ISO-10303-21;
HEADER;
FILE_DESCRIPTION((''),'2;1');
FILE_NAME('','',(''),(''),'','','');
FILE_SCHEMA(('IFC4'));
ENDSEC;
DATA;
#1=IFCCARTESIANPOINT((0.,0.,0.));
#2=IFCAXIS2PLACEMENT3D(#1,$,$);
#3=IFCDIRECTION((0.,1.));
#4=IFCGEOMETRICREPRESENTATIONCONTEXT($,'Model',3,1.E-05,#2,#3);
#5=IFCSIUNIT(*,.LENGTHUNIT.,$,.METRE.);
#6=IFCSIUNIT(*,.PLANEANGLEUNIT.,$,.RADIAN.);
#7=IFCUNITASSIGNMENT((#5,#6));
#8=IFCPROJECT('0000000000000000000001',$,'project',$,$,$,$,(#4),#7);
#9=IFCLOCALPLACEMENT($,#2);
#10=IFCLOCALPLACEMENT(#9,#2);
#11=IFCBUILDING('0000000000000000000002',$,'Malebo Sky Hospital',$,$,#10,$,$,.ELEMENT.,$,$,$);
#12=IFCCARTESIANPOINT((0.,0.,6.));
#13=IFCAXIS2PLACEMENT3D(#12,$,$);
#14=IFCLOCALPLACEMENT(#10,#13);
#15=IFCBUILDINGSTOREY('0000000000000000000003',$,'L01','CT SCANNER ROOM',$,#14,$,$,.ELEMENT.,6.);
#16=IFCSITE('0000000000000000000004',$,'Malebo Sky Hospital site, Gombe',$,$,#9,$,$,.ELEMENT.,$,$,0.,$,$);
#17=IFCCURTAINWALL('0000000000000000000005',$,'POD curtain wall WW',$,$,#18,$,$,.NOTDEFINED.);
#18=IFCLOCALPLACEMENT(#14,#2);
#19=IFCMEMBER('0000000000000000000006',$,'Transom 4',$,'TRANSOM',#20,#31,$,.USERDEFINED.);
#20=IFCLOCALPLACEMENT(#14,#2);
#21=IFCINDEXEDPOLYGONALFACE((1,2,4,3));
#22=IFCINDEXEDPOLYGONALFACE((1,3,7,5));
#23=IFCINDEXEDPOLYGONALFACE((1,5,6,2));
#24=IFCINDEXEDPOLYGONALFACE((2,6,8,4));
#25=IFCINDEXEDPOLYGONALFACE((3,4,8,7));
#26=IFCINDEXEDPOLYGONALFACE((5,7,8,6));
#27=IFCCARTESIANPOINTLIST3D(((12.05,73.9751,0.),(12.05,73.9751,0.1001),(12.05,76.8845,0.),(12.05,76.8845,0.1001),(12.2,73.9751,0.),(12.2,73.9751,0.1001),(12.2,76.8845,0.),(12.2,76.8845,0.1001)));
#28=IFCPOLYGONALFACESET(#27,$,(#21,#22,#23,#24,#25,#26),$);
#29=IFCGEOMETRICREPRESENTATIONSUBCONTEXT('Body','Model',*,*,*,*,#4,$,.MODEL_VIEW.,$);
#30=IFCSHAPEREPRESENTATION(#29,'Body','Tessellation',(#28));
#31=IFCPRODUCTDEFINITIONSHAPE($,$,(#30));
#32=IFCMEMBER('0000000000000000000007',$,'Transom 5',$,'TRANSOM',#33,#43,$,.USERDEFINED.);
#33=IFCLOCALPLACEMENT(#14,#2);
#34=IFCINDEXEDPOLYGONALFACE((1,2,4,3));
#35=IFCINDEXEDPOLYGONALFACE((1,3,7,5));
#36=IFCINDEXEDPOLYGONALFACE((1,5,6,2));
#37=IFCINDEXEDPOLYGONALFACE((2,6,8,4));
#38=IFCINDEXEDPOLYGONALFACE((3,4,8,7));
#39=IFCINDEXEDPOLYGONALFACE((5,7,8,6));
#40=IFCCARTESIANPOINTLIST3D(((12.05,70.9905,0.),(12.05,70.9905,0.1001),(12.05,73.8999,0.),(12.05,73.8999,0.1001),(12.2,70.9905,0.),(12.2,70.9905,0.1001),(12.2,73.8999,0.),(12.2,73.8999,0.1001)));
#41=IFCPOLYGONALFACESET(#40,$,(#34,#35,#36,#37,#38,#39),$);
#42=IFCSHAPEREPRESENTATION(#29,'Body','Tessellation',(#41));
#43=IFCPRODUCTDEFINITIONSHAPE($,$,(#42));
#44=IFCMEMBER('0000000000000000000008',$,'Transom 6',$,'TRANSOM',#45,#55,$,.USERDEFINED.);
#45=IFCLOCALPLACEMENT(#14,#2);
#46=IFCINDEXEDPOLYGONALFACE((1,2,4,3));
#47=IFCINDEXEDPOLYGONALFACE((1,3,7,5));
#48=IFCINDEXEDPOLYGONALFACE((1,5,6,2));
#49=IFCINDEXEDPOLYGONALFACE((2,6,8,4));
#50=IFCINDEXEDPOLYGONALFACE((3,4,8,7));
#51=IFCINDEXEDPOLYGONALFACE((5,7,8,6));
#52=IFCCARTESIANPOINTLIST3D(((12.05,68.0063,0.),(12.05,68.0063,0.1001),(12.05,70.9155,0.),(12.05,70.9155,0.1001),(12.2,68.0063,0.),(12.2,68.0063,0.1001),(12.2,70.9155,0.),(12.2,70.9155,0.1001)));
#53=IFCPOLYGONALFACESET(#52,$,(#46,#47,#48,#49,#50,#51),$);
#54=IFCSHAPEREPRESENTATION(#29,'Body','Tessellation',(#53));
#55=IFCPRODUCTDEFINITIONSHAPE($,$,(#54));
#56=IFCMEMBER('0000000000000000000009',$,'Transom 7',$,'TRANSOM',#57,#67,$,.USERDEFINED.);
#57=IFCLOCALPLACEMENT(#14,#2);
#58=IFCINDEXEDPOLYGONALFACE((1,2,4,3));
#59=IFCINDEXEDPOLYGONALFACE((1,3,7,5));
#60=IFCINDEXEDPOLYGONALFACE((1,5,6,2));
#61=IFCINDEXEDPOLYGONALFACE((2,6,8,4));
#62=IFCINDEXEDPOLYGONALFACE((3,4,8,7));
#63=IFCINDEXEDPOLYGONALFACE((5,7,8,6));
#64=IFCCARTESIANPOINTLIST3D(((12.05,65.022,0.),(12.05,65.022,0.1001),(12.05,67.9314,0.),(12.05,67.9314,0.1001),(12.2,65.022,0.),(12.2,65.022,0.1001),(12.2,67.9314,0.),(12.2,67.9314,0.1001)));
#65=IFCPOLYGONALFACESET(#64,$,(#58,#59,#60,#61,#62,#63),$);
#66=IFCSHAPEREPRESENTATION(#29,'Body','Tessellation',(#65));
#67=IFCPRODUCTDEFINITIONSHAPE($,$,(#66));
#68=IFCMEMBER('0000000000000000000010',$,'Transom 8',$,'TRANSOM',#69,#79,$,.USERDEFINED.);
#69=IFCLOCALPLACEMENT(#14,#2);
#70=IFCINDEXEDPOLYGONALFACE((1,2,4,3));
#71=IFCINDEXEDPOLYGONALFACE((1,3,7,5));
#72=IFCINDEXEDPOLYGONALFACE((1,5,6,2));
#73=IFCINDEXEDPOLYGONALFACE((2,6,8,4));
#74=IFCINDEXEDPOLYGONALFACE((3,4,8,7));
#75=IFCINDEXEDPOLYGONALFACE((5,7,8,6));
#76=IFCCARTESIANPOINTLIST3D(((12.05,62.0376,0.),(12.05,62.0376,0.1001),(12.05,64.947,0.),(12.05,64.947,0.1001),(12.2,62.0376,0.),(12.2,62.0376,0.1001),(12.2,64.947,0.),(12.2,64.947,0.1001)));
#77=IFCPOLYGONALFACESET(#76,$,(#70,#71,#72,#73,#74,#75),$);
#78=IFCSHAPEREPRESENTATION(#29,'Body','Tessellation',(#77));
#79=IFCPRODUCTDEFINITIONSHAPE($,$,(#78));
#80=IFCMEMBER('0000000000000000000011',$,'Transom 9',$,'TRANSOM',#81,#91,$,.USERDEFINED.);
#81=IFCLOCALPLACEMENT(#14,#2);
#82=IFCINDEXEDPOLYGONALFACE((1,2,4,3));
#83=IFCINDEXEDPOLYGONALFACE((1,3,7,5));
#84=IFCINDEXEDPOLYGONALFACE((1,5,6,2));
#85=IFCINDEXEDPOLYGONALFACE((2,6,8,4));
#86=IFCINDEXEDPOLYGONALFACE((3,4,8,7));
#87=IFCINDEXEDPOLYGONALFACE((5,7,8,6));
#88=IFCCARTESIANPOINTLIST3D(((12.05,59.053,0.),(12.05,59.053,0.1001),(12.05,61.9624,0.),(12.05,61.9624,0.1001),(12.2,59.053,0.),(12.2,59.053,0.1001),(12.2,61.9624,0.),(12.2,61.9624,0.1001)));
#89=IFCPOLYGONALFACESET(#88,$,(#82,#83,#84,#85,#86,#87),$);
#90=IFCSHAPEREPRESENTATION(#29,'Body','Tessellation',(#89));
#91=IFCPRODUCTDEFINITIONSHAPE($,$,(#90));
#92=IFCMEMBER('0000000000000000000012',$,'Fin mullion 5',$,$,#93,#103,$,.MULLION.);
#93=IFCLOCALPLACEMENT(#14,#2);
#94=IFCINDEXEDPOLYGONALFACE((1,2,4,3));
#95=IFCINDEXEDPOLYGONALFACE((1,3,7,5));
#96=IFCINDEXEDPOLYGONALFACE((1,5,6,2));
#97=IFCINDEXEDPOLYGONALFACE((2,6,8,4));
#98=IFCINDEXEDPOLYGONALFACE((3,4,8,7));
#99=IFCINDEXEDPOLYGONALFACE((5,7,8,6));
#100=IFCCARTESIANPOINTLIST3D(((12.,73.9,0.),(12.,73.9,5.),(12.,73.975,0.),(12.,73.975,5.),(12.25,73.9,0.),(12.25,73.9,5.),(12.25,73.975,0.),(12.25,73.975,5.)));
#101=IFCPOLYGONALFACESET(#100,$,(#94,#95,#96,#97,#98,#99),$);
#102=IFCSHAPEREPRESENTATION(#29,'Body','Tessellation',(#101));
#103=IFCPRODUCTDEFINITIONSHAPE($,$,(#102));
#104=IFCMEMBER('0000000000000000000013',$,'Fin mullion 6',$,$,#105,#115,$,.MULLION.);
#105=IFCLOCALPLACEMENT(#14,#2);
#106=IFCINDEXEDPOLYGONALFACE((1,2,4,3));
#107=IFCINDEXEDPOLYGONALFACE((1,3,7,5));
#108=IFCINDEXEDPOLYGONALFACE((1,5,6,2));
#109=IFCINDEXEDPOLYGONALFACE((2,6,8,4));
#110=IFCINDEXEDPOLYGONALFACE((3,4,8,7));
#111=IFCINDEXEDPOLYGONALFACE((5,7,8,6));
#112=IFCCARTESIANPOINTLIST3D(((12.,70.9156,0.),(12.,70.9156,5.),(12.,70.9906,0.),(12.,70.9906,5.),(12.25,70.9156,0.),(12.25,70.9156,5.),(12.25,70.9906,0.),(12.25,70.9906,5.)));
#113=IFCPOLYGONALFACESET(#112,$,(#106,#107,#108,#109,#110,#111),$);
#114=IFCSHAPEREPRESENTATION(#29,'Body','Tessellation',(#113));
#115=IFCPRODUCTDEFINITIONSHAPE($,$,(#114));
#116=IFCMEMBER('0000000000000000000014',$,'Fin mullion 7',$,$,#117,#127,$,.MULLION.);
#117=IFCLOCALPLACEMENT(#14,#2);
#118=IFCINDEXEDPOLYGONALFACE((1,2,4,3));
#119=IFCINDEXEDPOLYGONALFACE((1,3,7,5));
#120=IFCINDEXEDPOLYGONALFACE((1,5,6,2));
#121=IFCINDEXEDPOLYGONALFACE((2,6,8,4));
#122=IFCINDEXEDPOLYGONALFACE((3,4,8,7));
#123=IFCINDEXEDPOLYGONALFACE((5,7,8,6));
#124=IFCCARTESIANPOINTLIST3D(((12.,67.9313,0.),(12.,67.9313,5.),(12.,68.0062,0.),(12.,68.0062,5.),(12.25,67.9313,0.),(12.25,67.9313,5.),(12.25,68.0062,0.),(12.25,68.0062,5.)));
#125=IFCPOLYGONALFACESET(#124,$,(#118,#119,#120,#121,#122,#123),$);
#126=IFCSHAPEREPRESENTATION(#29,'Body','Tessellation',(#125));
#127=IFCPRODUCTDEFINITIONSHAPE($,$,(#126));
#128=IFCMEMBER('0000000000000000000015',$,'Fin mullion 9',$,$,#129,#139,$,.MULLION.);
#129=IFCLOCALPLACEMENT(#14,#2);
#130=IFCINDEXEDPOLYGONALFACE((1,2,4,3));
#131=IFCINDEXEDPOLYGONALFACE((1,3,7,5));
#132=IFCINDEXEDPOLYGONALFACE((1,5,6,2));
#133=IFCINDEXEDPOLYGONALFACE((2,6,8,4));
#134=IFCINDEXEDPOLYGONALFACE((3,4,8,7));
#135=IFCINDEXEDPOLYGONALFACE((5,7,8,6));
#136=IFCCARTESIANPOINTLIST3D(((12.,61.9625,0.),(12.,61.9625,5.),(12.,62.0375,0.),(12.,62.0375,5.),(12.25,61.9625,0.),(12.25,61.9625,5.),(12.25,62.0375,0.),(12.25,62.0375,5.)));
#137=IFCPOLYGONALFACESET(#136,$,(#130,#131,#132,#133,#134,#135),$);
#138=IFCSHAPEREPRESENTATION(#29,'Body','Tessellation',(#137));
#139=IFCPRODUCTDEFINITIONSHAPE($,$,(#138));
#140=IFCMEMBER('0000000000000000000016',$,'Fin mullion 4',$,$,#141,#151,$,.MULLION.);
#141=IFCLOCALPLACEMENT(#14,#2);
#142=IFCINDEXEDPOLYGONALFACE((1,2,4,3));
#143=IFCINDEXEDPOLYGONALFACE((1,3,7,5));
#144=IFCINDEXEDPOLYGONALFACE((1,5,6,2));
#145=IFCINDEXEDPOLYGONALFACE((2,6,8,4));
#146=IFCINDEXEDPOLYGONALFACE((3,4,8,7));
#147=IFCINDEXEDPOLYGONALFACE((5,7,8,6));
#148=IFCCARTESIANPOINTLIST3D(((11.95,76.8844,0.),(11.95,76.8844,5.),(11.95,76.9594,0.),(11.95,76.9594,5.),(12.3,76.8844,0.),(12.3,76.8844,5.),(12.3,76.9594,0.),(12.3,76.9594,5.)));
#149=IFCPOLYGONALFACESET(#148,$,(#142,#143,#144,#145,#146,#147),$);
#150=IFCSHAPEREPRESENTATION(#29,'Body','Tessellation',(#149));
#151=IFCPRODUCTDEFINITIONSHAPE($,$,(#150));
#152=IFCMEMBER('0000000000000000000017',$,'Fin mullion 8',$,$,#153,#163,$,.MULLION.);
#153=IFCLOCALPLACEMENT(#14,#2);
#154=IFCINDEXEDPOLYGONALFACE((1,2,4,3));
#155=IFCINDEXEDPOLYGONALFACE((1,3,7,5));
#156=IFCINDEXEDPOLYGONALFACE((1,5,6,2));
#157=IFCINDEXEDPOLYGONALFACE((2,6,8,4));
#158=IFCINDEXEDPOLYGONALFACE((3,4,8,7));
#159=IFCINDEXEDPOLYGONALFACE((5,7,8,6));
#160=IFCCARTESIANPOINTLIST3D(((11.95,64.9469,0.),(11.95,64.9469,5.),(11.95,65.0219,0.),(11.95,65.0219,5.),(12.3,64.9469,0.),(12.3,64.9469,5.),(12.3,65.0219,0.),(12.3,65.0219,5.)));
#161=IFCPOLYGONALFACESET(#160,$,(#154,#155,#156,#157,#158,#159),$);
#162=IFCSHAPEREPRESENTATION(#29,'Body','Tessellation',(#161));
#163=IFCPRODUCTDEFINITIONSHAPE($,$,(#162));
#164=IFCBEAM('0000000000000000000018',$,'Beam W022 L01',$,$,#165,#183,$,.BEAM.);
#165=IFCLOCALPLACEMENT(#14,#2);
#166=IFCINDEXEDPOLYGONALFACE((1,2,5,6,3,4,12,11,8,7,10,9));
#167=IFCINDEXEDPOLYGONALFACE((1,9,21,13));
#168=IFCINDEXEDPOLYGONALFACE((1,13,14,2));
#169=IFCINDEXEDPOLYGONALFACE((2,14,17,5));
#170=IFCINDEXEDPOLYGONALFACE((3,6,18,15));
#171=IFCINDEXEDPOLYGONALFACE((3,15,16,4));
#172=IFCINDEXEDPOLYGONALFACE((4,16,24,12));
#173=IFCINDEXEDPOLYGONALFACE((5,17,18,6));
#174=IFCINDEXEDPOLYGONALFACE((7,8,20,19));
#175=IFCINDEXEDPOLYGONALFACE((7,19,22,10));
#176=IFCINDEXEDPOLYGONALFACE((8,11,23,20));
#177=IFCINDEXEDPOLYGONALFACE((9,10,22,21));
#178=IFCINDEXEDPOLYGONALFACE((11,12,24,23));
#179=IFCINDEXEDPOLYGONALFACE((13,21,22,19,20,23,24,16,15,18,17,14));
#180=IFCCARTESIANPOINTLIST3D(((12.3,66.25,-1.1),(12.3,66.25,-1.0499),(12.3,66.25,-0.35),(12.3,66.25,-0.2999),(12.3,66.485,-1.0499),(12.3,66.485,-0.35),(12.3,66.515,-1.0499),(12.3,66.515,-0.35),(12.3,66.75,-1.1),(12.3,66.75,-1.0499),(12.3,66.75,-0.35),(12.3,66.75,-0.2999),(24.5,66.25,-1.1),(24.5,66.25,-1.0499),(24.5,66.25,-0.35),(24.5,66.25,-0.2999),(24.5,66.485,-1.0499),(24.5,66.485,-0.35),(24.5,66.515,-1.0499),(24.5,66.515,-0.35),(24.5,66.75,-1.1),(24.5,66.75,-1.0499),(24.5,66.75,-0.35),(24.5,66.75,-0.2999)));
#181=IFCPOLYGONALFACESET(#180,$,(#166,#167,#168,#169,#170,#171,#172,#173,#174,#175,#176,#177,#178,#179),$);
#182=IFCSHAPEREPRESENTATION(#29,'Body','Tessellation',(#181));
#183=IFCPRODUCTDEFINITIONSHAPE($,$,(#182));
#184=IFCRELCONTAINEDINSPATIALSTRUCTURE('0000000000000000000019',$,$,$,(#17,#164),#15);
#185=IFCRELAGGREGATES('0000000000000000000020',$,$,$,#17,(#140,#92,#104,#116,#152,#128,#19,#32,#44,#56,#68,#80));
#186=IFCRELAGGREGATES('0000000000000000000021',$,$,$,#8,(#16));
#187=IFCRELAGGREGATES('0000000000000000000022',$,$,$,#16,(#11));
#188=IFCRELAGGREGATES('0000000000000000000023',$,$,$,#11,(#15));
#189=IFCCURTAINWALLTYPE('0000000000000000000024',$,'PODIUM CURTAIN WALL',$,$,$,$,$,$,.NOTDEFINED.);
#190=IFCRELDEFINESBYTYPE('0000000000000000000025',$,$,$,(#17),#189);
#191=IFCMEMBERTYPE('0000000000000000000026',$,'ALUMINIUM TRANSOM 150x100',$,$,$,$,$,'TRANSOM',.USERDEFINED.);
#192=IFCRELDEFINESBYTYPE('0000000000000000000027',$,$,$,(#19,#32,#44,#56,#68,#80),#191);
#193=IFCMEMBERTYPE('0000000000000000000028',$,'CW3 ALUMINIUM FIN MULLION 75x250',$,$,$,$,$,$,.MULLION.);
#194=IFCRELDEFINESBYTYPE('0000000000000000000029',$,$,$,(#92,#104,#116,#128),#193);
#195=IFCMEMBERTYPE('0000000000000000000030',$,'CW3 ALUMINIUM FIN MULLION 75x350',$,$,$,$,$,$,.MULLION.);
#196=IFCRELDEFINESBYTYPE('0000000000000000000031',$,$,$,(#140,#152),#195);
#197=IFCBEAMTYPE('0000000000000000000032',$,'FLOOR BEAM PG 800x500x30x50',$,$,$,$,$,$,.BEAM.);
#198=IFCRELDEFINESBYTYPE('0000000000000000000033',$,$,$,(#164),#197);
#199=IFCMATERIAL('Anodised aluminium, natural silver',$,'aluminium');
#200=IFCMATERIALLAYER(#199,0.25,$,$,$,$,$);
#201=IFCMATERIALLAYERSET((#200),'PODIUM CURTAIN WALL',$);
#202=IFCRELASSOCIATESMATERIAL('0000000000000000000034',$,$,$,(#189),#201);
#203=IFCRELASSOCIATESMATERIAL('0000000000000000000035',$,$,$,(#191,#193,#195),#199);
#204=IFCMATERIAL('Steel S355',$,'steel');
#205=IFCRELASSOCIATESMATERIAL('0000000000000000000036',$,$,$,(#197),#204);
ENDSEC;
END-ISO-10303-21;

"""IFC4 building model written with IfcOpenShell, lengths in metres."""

from ifc_helpers import new_model, si_unit, direction, frame, origin, origin_2d, place, context, subcontext, project, spatial, rectangle, i_section, extrude, material, layer, layer_set, material_profile, profile_set, type_object, element, aggregate, save


model = new_model("IFC4")

# Units and contexts
model_context = context("Model", 3, precision=1e-05, world=origin(), true_north=direction((0.0, 1.0)))
body_context = subcontext(model_context, "Body", "Model", "MODEL_VIEW")
ifc_project = project(units=[si_unit("LENGTHUNIT", "METRE"), si_unit("PLANEANGLEUNIT", "RADIAN")], contexts=[model_context])

# Site, building, storey
site_placement = place(None, origin())
site = spatial("IfcSite", under=ifc_project, at=site_placement, Name="Malebo Sky Hospital site, Gombe", CompositionType="ELEMENT", RefElevation=0.0)
building_placement = place(site_placement, origin())
building = spatial("IfcBuilding", under=site, at=building_placement, Name="Malebo Sky Hospital", CompositionType="ELEMENT")
storey_placement = place(building_placement, frame((0.0, 0.0, 6.0)))
storey = spatial("IfcBuildingStorey", under=building, at=storey_placement, Name="L01", Description="CT SCANNER ROOM", CompositionType="ELEMENT", Elevation=6.0)

# Curtain wall, members
ifc_material_1 = material(Name="Anodised aluminium, natural silver", Category="aluminium")
ifc_layer_1 = layer(ifc_material_1, 0.25)
ifc_layer_set_1 = layer_set([ifc_layer_1], Name="PODIUM CURTAIN WALL")
curtain_wall_type = type_object("IfcCurtainWallType", Name="PODIUM CURTAIN WALL", PredefinedType="NOTDEFINED", material=ifc_layer_set_1)
curtain_wall_placement = place(storey_placement, origin())
curtain_wall = element("IfcCurtainWall", 1, at=curtain_wall_placement, inside=storey, type_object=curtain_wall_type, Name="POD curtain wall WW", PredefinedType="NOTDEFINED")
ifc_material_profile_1 = material_profile(ifc_material_1, rectangle(XDim=0.1499, YDim=0.1001, at=origin_2d()), Name="ALUMINIUM TRANSOM 150x100")
ifc_profile_set_1 = profile_set([ifc_material_profile_1], Name="Anodised aluminium, natural silver")
member_type_1 = type_object("IfcMemberType", Name="ALUMINIUM TRANSOM 150x100", ElementType="TRANSOM", PredefinedType="USERDEFINED", material=ifc_profile_set_1)
member_1_placement = place(storey_placement, frame((12.125, 76.8845, 0.05), z_axis=(0.0, -1.0, 0.0), x_axis=(1.0, 0.0, 0.0)))
member_1 = element("IfcMember", 2, at=member_1_placement, type_object=member_type_1, Name="Transom 4", ObjectType="TRANSOM", PredefinedType="USERDEFINED", context=body_context, shape_type="SweptSolid", body=[
    extrude(rectangle(XDim=0.1499, YDim=0.1001, at=origin_2d()), origin(), (0.0, 0.0, 1.0), 2.9094),
])
member_2_placement = place(storey_placement, frame((12.125, 73.8999, 0.05), z_axis=(0.0, -1.0, 0.0), x_axis=(1.0, 0.0, 0.0)))
member_2 = element("IfcMember", 3, at=member_2_placement, type_object=member_type_1, Name="Transom 5", ObjectType="TRANSOM", PredefinedType="USERDEFINED", context=body_context, shape_type="SweptSolid", body=[
    extrude(rectangle(XDim=0.1499, YDim=0.1001, at=origin_2d()), origin(), (0.0, 0.0, 1.0), 2.9094),
])
member_3_placement = place(storey_placement, frame((12.125, 70.9155, 0.05), z_axis=(0.0, -1.0, 0.0), x_axis=(1.0, 0.0, 0.0)))
member_3 = element("IfcMember", 4, at=member_3_placement, type_object=member_type_1, Name="Transom 6", ObjectType="TRANSOM", PredefinedType="USERDEFINED", context=body_context, shape_type="SweptSolid", body=[
    extrude(rectangle(XDim=0.1499, YDim=0.1001, at=origin_2d()), origin(), (0.0, 0.0, 1.0), 2.9092),
])
member_4_placement = place(storey_placement, frame((12.125, 67.9314, 0.05), z_axis=(0.0, -1.0, 0.0), x_axis=(1.0, 0.0, 0.0)))
member_4 = element("IfcMember", 5, at=member_4_placement, type_object=member_type_1, Name="Transom 7", ObjectType="TRANSOM", PredefinedType="USERDEFINED", context=body_context, shape_type="SweptSolid", body=[
    extrude(rectangle(XDim=0.1499, YDim=0.1001, at=origin_2d()), origin(), (0.0, 0.0, 1.0), 2.9094),
])
member_5_placement = place(storey_placement, frame((12.125, 64.947, 0.05), z_axis=(0.0, -1.0, 0.0), x_axis=(1.0, 0.0, 0.0)))
member_5 = element("IfcMember", 6, at=member_5_placement, type_object=member_type_1, Name="Transom 8", ObjectType="TRANSOM", PredefinedType="USERDEFINED", context=body_context, shape_type="SweptSolid", body=[
    extrude(rectangle(XDim=0.1499, YDim=0.1001, at=origin_2d()), origin(), (0.0, 0.0, 1.0), 2.9094),
])
member_6_placement = place(storey_placement, frame((12.125, 61.9624, 0.05), z_axis=(0.0, -1.0, 0.0), x_axis=(1.0, 0.0, 0.0)))
member_6 = element("IfcMember", 7, at=member_6_placement, type_object=member_type_1, Name="Transom 9", ObjectType="TRANSOM", PredefinedType="USERDEFINED", context=body_context, shape_type="SweptSolid", body=[
    extrude(rectangle(XDim=0.1499, YDim=0.1001, at=origin_2d()), origin(), (0.0, 0.0, 1.0), 2.9094),
])
ifc_material_profile_2 = material_profile(ifc_material_1, rectangle(XDim=0.075, YDim=0.25, at=origin_2d()), Name="CW3 ALUMINIUM FIN MULLION 75x250")
ifc_profile_set_2 = profile_set([ifc_material_profile_2], Name="Anodised aluminium, natural silver")
member_type_2 = type_object("IfcMemberType", Name="CW3 ALUMINIUM FIN MULLION 75x250", PredefinedType="MULLION", material=ifc_profile_set_2)
member_7_placement = place(storey_placement, frame((12.125, 73.9375, 0.0), z_axis=(0.0, 0.0, 1.0), x_axis=(0.0, -1.0, 0.0)))
member_7 = element("IfcMember", 8, at=member_7_placement, type_object=member_type_2, Name="Fin mullion 5", PredefinedType="MULLION", context=body_context, shape_type="SweptSolid", body=[
    extrude(rectangle(XDim=0.075, YDim=0.25, at=origin_2d()), origin(), (0.0, 0.0, 1.0), 5.0),
])
member_8_placement = place(storey_placement, frame((12.125, 70.9531, 0.0), z_axis=(0.0, 0.0, 1.0), x_axis=(0.0, -1.0, 0.0)))
member_8 = element("IfcMember", 9, at=member_8_placement, type_object=member_type_2, Name="Fin mullion 6", PredefinedType="MULLION", context=body_context, shape_type="SweptSolid", body=[
    extrude(rectangle(XDim=0.075, YDim=0.25, at=origin_2d()), origin(), (0.0, 0.0, 1.0), 5.0),
])
member_9_placement = place(storey_placement, frame((12.125, 67.9688, 0.0), z_axis=(0.0, 0.0, 1.0), x_axis=(0.0, -1.0, 0.0)))
member_9 = element("IfcMember", 10, at=member_9_placement, type_object=member_type_2, Name="Fin mullion 7", PredefinedType="MULLION", context=body_context, shape_type="SweptSolid", body=[
    extrude(rectangle(XDim=0.075, YDim=0.25, at=origin_2d()), origin(), (0.0, 0.0, 1.0), 5.0),
])
member_10_placement = place(storey_placement, frame((12.125, 62.0, 0.0), z_axis=(0.0, 0.0, 1.0), x_axis=(0.0, -1.0, 0.0)))
member_10 = element("IfcMember", 11, at=member_10_placement, type_object=member_type_2, Name="Fin mullion 9", PredefinedType="MULLION", context=body_context, shape_type="SweptSolid", body=[
    extrude(rectangle(XDim=0.075, YDim=0.25, at=origin_2d()), origin(), (0.0, 0.0, 1.0), 5.0),
])
ifc_material_profile_3 = material_profile(ifc_material_1, rectangle(XDim=0.075, YDim=0.3501, at=origin_2d()), Name="CW3 ALUMINIUM FIN MULLION 75x350")
ifc_profile_set_3 = profile_set([ifc_material_profile_3], Name="Anodised aluminium, natural silver")
member_type_3 = type_object("IfcMemberType", Name="CW3 ALUMINIUM FIN MULLION 75x350", PredefinedType="MULLION", material=ifc_profile_set_3)
member_11_placement = place(storey_placement, frame((12.125, 76.9219, 0.0), z_axis=(0.0, 0.0, 1.0), x_axis=(0.0, -1.0, 0.0)))
member_11 = element("IfcMember", 12, at=member_11_placement, type_object=member_type_3, Name="Fin mullion 4", PredefinedType="MULLION", context=body_context, shape_type="SweptSolid", body=[
    extrude(rectangle(XDim=0.075, YDim=0.3501, at=origin_2d()), origin(), (0.0, 0.0, 1.0), 5.0),
])
member_12_placement = place(storey_placement, frame((12.125, 64.9844, 0.0), z_axis=(0.0, 0.0, 1.0), x_axis=(0.0, -1.0, 0.0)))
member_12 = element("IfcMember", 13, at=member_12_placement, type_object=member_type_3, Name="Fin mullion 8", PredefinedType="MULLION", context=body_context, shape_type="SweptSolid", body=[
    extrude(rectangle(XDim=0.075, YDim=0.3501, at=origin_2d()), origin(), (0.0, 0.0, 1.0), 5.0),
])

# Beam
ifc_material_2 = material(Name="Steel S355", Category="steel")
ifc_material_profile_4 = material_profile(ifc_material_2, i_section(OverallWidth=0.5, OverallDepth=0.8, WebThickness=0.03, FlangeThickness=0.05, at=origin_2d()), Name="PG 800x500x30x50")
ifc_profile_set_4 = profile_set([ifc_material_profile_4], Name="Steel S355")
beam_type = type_object("IfcBeamType", Name="FLOOR BEAM PG 800x500x30x50", PredefinedType="BEAM", material=ifc_profile_set_4)
for number, where, z_axis, x_axis, name in (
    (14, (12.3, 66.5, -0.7), (1.0, 0.0, 0.0), (0.0, 1.0, 0.0), "Beam W022 L01"),
):
    element("IfcBeam", number, at=place(storey_placement, frame(where, z_axis=z_axis, x_axis=x_axis)), inside=storey, type_object=beam_type, Name=name, PredefinedType="BEAM", context=body_context, shape_type="SweptSolid", body=[
        extrude(i_section(OverallWidth=0.5, OverallDepth=0.8, WebThickness=0.03, FlangeThickness=0.05, at=origin_2d()), origin(), (0.0, 0.0, 1.0), 12.2),
    ])

aggregate(curtain_wall, [member_11, member_7, member_8, member_9, member_12, member_10, member_1, member_2, member_3, member_4, member_5, member_6])

save(model, "model.ifc")
